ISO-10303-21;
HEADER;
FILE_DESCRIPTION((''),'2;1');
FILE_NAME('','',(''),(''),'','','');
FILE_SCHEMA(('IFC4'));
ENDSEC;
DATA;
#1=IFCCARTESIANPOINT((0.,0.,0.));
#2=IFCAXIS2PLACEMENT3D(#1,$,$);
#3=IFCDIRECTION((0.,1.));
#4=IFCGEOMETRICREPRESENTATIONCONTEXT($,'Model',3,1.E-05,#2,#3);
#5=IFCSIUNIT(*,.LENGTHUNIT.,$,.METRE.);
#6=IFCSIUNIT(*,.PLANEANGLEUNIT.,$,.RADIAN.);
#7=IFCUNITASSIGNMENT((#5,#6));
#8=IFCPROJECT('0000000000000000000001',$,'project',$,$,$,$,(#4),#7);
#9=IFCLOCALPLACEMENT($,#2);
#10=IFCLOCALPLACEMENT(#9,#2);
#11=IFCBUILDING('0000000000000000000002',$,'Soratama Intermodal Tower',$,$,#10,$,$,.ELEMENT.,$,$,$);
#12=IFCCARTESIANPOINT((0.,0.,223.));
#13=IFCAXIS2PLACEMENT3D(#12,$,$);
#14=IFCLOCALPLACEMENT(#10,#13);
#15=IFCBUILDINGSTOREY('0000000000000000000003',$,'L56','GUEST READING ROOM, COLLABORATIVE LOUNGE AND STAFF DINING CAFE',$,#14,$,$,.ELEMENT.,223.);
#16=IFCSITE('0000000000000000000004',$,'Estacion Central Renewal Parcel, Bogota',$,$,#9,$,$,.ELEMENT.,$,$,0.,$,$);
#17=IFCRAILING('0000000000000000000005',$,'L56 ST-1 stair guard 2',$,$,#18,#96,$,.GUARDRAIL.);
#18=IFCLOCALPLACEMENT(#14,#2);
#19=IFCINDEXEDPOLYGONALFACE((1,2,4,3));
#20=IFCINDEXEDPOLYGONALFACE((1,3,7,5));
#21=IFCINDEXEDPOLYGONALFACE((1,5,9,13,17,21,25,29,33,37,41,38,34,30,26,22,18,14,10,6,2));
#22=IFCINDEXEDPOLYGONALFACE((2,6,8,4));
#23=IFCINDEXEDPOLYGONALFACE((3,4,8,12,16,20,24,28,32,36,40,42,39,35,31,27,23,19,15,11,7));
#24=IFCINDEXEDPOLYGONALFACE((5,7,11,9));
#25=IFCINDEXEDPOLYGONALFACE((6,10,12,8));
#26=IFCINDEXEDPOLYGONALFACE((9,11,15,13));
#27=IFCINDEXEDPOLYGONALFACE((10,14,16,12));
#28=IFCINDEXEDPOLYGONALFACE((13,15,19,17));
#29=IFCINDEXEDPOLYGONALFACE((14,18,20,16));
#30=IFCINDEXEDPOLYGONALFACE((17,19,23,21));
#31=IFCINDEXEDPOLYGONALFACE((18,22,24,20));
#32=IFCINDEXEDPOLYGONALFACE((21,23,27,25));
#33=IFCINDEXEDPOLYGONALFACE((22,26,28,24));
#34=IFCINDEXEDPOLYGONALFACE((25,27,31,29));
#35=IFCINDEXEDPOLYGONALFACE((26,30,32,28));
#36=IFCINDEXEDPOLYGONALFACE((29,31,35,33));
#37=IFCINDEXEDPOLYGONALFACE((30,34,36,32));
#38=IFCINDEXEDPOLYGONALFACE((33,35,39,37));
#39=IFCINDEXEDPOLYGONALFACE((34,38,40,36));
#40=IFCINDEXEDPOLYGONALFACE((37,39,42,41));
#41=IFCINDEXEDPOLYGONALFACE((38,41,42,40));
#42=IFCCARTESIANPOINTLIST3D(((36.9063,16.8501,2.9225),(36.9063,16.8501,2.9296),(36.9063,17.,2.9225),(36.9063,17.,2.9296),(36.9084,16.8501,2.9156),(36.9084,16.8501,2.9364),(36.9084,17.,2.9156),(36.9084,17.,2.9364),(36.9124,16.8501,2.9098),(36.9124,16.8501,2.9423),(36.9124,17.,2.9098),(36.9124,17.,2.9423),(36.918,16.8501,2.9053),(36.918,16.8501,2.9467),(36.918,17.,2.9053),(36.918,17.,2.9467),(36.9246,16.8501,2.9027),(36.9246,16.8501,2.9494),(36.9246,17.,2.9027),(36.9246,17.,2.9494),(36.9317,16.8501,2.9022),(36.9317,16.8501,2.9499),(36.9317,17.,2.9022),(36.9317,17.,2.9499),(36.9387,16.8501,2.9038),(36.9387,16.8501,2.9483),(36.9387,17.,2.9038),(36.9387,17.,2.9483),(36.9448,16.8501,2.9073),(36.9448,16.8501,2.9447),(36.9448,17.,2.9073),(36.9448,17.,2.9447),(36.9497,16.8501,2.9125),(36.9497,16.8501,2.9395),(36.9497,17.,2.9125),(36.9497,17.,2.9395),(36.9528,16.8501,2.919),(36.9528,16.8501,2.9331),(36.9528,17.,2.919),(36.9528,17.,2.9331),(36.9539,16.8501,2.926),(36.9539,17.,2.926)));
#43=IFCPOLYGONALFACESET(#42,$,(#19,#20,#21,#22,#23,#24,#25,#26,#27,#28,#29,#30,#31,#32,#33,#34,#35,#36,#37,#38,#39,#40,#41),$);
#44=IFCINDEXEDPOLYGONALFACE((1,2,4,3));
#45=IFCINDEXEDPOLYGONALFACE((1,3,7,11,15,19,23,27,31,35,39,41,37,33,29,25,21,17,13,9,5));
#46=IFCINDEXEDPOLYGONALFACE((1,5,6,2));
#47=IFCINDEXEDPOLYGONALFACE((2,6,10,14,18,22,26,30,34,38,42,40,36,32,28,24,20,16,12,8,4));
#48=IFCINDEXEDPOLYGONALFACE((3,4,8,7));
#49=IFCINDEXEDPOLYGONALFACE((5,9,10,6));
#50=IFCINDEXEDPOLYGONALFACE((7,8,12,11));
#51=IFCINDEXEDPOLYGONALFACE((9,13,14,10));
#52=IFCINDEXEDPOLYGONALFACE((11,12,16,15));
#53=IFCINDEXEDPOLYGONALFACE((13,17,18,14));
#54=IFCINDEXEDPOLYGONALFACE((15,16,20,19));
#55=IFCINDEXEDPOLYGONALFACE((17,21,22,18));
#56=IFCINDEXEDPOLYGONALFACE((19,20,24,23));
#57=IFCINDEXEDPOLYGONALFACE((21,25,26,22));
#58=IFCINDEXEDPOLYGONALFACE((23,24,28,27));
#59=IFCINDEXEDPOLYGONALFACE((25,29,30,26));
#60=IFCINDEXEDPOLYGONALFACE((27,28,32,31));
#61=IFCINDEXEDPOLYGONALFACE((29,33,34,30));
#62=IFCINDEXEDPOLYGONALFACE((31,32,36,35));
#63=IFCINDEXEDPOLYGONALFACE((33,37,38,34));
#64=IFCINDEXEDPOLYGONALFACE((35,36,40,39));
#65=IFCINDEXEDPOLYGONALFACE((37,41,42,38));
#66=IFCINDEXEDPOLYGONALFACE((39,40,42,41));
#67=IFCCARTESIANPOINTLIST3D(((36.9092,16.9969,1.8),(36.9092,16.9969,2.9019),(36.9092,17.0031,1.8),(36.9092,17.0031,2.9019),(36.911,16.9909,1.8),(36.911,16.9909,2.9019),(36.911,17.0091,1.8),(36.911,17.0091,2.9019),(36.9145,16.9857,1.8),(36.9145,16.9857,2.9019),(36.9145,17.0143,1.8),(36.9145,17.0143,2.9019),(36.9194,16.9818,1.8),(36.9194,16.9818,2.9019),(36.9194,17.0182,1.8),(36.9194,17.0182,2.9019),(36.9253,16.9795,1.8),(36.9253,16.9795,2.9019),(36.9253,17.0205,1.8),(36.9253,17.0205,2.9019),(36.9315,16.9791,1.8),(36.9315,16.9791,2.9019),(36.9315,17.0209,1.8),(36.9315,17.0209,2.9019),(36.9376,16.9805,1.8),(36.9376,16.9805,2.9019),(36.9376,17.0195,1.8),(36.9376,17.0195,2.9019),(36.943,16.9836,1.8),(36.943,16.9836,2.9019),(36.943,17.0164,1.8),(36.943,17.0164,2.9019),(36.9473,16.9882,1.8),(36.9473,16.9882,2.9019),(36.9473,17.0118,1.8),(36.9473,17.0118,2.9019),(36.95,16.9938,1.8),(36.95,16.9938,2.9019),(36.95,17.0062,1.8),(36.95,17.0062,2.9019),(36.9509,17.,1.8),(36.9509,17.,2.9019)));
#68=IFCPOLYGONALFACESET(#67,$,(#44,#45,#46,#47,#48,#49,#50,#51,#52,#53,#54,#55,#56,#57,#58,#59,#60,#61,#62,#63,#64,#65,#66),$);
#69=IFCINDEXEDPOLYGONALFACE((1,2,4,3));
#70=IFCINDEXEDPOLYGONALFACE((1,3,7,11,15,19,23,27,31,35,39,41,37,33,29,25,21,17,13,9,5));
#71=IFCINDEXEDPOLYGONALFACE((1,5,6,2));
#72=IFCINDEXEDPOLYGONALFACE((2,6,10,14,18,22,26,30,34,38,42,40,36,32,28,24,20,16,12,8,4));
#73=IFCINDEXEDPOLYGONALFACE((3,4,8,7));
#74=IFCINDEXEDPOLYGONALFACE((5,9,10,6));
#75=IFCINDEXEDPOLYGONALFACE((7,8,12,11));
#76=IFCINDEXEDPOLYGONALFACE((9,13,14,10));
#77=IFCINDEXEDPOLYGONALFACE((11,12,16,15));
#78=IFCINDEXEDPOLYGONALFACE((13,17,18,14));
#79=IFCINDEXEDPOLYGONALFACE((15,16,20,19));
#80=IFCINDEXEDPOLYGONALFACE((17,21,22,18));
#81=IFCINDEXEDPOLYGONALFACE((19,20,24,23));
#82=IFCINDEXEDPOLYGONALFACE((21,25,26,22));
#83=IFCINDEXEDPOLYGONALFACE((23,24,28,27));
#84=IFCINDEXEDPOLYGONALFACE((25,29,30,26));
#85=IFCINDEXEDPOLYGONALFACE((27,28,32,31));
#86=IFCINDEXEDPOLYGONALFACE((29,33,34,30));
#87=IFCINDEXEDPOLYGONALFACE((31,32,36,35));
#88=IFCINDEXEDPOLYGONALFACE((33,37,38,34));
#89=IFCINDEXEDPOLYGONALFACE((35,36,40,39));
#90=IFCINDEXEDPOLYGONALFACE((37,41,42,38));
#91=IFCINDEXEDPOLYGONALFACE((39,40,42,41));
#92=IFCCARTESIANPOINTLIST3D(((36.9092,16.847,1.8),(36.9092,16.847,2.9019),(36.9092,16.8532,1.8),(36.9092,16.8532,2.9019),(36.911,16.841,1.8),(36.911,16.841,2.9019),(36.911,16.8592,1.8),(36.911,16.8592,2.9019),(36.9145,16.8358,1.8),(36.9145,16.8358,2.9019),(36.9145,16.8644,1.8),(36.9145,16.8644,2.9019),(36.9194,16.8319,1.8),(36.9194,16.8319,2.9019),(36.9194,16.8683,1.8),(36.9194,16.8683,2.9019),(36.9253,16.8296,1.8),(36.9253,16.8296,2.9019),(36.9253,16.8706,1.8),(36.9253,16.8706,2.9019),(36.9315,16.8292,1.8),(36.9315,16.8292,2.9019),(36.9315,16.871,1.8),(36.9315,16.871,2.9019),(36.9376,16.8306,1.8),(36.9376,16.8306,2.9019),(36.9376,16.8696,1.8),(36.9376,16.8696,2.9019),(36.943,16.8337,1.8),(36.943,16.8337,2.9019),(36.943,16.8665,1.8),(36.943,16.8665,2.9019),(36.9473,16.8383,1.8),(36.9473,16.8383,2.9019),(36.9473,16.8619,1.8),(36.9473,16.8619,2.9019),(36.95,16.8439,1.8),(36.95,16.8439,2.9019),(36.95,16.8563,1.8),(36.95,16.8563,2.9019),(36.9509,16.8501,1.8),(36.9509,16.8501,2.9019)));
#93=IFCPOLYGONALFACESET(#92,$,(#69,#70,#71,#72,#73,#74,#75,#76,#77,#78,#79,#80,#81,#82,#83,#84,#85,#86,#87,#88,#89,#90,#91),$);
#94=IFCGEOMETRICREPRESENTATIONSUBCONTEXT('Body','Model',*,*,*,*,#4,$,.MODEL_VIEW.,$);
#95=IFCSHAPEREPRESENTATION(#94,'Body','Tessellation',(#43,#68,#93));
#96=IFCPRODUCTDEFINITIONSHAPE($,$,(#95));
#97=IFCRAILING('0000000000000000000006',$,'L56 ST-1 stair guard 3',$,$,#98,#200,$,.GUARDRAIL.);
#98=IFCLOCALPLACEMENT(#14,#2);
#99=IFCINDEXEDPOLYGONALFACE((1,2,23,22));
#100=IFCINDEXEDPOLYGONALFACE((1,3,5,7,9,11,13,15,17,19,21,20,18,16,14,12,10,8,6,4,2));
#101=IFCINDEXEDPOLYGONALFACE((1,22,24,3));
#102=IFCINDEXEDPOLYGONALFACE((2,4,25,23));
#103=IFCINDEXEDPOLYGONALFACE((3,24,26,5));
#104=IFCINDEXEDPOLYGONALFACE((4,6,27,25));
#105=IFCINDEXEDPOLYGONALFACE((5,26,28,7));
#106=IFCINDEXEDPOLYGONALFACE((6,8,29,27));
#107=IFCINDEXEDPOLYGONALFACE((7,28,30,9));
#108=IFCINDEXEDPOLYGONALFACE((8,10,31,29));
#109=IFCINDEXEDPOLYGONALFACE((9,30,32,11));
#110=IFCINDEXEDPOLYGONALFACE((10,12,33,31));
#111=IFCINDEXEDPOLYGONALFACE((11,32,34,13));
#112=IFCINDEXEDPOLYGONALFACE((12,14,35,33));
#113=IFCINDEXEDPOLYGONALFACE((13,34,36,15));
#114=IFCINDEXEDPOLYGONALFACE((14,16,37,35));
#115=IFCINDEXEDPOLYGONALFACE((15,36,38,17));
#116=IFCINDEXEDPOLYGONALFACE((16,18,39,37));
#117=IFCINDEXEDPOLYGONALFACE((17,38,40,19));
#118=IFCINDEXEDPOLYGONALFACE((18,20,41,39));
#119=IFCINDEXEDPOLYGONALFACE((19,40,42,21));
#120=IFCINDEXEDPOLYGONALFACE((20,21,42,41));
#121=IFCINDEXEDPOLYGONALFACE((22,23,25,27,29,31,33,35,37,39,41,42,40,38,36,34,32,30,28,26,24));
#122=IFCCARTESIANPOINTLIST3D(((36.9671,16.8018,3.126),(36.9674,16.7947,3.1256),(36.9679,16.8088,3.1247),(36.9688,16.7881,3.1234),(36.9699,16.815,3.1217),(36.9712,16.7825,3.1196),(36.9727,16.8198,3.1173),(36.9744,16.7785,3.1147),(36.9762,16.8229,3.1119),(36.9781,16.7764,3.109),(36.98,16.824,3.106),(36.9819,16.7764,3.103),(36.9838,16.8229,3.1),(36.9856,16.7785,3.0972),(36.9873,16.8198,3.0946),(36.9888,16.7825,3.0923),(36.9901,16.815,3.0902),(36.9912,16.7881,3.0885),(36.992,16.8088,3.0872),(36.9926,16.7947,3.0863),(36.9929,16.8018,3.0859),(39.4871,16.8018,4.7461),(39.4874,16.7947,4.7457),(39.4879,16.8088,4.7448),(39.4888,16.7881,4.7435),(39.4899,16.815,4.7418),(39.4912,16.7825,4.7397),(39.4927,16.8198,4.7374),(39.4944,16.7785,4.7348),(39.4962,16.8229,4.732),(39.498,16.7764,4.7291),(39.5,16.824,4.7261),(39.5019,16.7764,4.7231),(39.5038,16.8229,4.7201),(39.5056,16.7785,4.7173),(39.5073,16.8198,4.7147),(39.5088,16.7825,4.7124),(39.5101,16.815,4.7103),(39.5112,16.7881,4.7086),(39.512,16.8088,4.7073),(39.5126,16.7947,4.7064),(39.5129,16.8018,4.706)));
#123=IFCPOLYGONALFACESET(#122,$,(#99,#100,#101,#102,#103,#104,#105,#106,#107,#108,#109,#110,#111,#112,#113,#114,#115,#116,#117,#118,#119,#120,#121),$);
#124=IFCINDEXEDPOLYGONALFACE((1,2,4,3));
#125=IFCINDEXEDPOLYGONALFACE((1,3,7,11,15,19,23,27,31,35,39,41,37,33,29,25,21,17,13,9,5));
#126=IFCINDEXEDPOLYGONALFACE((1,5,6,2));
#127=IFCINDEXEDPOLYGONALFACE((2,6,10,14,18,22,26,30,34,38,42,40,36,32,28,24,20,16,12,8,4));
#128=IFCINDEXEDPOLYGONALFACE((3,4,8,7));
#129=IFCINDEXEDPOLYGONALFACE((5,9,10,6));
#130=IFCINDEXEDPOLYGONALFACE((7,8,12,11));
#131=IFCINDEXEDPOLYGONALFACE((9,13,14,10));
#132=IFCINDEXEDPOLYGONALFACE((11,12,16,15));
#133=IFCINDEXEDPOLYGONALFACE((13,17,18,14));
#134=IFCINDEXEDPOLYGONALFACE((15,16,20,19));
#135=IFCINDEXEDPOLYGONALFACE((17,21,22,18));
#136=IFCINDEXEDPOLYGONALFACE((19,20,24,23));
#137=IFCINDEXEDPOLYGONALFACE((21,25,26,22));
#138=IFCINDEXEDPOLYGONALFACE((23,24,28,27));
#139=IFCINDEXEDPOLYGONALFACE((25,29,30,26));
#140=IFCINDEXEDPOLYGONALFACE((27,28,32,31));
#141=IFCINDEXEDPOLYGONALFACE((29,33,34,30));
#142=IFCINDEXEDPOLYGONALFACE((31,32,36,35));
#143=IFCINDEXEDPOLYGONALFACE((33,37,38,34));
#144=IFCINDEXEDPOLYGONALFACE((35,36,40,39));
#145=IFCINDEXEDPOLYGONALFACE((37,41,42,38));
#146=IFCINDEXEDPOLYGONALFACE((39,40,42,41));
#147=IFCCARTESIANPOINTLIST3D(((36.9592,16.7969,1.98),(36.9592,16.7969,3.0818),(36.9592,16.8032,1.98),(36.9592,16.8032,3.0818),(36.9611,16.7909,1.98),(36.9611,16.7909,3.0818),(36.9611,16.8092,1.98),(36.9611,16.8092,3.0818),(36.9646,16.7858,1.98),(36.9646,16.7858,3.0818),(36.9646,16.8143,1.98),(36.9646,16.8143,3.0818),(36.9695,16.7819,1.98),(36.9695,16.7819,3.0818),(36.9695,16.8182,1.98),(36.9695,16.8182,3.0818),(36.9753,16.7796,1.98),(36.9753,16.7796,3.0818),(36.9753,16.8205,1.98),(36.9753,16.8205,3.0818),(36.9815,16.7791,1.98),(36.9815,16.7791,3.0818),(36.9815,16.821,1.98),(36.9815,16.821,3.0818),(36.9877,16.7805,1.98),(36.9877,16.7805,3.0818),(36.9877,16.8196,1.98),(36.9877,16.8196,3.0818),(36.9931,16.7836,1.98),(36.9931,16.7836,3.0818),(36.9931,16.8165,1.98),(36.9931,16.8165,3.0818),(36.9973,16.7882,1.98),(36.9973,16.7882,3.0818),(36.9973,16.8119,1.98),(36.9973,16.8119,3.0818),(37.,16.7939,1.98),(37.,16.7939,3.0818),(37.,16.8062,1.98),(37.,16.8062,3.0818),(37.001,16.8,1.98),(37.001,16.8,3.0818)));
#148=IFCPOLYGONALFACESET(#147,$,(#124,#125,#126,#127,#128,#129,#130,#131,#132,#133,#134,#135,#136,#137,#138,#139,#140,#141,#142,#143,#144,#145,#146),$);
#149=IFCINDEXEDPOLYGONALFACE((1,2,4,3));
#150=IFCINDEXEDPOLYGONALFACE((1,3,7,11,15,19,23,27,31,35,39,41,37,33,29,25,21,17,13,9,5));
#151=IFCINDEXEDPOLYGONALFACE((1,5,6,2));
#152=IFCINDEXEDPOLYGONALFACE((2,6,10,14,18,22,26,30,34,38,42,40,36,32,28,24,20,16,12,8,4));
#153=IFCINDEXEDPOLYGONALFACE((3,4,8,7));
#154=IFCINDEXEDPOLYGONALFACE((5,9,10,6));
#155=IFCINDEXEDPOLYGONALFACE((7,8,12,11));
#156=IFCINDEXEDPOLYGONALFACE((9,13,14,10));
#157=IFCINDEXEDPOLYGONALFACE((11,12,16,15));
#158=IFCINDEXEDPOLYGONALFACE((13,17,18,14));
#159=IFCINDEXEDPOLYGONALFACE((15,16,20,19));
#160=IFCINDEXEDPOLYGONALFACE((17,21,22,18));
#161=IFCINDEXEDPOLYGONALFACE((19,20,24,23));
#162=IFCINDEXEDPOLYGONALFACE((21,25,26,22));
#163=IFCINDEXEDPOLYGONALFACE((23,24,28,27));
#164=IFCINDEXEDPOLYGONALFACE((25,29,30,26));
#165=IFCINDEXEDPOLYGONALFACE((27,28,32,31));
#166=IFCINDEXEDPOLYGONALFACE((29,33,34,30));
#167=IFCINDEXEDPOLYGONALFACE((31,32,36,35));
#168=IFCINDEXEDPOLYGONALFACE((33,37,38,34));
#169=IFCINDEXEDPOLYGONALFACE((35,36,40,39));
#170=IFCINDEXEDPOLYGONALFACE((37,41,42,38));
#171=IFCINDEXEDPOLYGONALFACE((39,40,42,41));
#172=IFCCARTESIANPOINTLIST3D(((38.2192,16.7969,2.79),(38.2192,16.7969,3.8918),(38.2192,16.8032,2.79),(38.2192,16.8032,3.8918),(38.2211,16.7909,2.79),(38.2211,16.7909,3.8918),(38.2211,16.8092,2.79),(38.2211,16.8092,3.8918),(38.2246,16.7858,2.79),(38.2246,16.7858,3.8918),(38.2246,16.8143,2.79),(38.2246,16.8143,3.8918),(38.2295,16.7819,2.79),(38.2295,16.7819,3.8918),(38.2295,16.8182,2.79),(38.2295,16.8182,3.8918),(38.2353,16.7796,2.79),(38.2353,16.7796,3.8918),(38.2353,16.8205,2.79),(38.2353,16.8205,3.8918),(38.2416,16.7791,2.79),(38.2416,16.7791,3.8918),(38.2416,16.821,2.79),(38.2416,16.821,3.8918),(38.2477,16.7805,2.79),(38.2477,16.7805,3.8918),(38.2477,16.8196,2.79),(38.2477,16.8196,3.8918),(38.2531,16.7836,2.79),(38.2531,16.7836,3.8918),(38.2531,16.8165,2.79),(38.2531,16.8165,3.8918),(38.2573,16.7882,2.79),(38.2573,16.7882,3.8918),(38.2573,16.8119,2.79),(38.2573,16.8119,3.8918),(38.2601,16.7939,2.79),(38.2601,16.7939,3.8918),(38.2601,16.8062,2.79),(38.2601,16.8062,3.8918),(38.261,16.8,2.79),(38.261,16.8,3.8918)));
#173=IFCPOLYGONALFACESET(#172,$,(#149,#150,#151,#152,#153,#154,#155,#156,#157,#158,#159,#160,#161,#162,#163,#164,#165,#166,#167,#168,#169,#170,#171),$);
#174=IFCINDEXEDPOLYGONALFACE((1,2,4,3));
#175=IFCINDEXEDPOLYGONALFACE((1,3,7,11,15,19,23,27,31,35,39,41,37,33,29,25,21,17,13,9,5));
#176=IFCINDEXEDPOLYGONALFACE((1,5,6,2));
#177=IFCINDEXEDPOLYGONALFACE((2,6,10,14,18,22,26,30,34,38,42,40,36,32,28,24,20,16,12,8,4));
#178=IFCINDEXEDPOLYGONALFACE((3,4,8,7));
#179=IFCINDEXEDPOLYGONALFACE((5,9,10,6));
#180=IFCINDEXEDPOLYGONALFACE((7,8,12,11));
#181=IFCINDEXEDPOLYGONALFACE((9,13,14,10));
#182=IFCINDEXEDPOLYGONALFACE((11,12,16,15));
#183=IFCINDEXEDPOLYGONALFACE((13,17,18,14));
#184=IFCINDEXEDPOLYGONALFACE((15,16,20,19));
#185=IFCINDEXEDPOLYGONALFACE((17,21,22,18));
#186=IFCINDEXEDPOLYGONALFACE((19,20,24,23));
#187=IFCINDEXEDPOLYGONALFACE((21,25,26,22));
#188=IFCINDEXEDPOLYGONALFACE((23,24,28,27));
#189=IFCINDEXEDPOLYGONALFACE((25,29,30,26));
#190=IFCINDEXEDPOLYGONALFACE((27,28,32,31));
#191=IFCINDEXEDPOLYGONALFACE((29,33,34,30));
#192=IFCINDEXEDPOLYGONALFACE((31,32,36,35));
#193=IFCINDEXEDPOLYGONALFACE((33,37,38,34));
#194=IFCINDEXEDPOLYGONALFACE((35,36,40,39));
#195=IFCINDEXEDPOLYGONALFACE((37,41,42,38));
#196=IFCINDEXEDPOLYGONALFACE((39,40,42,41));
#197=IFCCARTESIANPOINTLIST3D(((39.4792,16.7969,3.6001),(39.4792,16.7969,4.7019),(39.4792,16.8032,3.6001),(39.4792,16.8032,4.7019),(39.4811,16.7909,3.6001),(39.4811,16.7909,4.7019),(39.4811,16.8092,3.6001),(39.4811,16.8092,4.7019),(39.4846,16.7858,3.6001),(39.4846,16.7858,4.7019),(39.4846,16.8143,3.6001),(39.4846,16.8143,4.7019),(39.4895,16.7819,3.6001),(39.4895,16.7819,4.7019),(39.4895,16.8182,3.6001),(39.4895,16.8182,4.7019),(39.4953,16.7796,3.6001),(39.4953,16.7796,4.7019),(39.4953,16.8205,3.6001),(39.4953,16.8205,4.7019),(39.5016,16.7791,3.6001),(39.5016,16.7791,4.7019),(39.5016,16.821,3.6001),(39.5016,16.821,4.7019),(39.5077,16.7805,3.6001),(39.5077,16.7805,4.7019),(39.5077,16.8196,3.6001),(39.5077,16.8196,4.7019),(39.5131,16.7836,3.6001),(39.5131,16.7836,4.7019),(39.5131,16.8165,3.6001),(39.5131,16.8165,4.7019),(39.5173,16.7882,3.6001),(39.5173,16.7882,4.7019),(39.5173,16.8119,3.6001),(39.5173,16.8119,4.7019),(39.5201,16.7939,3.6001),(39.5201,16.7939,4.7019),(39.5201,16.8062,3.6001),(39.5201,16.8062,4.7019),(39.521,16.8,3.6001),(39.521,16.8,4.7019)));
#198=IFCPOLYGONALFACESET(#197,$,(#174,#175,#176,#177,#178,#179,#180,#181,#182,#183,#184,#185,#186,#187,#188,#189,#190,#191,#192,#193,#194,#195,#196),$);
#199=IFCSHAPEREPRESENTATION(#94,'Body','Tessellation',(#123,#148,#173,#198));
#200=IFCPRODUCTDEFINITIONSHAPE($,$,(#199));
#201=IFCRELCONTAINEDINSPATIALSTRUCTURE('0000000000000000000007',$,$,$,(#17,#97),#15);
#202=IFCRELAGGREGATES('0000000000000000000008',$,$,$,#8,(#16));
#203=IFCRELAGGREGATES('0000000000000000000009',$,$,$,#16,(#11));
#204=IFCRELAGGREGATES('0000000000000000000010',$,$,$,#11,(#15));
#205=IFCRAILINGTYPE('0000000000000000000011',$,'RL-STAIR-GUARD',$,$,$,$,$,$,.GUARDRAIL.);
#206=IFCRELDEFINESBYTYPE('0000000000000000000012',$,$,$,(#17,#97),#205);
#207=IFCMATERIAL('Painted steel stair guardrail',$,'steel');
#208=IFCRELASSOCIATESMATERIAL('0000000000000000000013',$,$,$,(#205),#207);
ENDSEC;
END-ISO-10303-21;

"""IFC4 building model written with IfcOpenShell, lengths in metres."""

from ifc_helpers import new_model, si_unit, direction, frame, origin, origin_2d, place, context, subcontext, project, spatial, circle, extrude, material, type_object, element, save


model = new_model("IFC4")

# Units and contexts
model_context = context("Model", 3, precision=1e-05, world=origin(), true_north=direction((0.0, 1.0)))
body_context = subcontext(model_context, "Body", "Model", "MODEL_VIEW")
ifc_project = project(units=[si_unit("LENGTHUNIT", "METRE"), si_unit("PLANEANGLEUNIT", "RADIAN")], contexts=[model_context])

# Site, building, storey
site_placement = place(None, origin())
site = spatial("IfcSite", under=ifc_project, at=site_placement, Name="Estacion Central Renewal Parcel, Bogota", CompositionType="ELEMENT", RefElevation=0.0)
building_placement = place(site_placement, origin())
building = spatial("IfcBuilding", under=site, at=building_placement, Name="Soratama Intermodal Tower", CompositionType="ELEMENT")
storey_placement = place(building_placement, frame((0.0, 0.0, 223.0)))
storey = spatial("IfcBuildingStorey", under=building, at=storey_placement, Name="L56", Description="GUEST READING ROOM, COLLABORATIVE LOUNGE AND STAFF DINING CAFE", CompositionType="ELEMENT", Elevation=223.0)

# Railings
ifc_material_1 = material(Name="Painted steel stair guardrail", Category="steel")
railing_type_1 = type_object("IfcRailingType", Name="RL-STAIR-GUARD", PredefinedType="GUARDRAIL", material=ifc_material_1)
railing_1_placement = place(storey_placement, frame((36.9299, 17.0, 1.8)))
element("IfcRailing", 1, at=railing_1_placement, inside=storey, type_object=railing_type_1, Name="L56 ST-1 stair guard 2", PredefinedType="GUARDRAIL", context=body_context, shape_type="SweptSolid", body=[
    extrude(circle(Radius=0.0239, at=origin_2d()), frame((0.0, 0.0, 1.126), z_axis=(0.0, -1.0, 0.0), x_axis=(1.0, 0.0, 0.0)), (0.0, 0.0, 1.0), 0.1499),
    extrude(circle(Radius=0.021, at=origin_2d()), origin(), (0.0, 0.0, 1.0), 1.1018),
    extrude(circle(Radius=0.021, at=origin_2d()), frame((0.0, -0.1499, 0.0)), (0.0, 0.0, 1.0), 1.1018),
])
railing_2_placement = place(storey_placement, frame((36.98, 16.8, 1.98)))
element("IfcRailing", 2, at=railing_2_placement, inside=storey, type_object=railing_type_1, Name="L56 ST-1 stair guard 3", PredefinedType="GUARDRAIL", context=body_context, shape_type="SweptSolid", body=[
    extrude(circle(Radius=0.0239, at=origin_2d()), frame((0.0, 0.0, 1.126), z_axis=(0.841163, 0.0, 0.540782), x_axis=(0.0, 1.0, 0.0)), (0.0, 0.0, 1.0), 2.9958),
    extrude(circle(Radius=0.021, at=origin_2d()), origin(), (0.0, 0.0, 1.0), 1.1018),
    extrude(circle(Radius=0.021, at=origin_2d()), frame((1.26, 0.0, 0.8101)), (0.0, 0.0, 1.0), 1.1018),
    extrude(circle(Radius=0.021, at=origin_2d()), frame((2.52, 0.0, 1.6201)), (0.0, 0.0, 1.0), 1.1018),
])

save(model, "model.ifc")
